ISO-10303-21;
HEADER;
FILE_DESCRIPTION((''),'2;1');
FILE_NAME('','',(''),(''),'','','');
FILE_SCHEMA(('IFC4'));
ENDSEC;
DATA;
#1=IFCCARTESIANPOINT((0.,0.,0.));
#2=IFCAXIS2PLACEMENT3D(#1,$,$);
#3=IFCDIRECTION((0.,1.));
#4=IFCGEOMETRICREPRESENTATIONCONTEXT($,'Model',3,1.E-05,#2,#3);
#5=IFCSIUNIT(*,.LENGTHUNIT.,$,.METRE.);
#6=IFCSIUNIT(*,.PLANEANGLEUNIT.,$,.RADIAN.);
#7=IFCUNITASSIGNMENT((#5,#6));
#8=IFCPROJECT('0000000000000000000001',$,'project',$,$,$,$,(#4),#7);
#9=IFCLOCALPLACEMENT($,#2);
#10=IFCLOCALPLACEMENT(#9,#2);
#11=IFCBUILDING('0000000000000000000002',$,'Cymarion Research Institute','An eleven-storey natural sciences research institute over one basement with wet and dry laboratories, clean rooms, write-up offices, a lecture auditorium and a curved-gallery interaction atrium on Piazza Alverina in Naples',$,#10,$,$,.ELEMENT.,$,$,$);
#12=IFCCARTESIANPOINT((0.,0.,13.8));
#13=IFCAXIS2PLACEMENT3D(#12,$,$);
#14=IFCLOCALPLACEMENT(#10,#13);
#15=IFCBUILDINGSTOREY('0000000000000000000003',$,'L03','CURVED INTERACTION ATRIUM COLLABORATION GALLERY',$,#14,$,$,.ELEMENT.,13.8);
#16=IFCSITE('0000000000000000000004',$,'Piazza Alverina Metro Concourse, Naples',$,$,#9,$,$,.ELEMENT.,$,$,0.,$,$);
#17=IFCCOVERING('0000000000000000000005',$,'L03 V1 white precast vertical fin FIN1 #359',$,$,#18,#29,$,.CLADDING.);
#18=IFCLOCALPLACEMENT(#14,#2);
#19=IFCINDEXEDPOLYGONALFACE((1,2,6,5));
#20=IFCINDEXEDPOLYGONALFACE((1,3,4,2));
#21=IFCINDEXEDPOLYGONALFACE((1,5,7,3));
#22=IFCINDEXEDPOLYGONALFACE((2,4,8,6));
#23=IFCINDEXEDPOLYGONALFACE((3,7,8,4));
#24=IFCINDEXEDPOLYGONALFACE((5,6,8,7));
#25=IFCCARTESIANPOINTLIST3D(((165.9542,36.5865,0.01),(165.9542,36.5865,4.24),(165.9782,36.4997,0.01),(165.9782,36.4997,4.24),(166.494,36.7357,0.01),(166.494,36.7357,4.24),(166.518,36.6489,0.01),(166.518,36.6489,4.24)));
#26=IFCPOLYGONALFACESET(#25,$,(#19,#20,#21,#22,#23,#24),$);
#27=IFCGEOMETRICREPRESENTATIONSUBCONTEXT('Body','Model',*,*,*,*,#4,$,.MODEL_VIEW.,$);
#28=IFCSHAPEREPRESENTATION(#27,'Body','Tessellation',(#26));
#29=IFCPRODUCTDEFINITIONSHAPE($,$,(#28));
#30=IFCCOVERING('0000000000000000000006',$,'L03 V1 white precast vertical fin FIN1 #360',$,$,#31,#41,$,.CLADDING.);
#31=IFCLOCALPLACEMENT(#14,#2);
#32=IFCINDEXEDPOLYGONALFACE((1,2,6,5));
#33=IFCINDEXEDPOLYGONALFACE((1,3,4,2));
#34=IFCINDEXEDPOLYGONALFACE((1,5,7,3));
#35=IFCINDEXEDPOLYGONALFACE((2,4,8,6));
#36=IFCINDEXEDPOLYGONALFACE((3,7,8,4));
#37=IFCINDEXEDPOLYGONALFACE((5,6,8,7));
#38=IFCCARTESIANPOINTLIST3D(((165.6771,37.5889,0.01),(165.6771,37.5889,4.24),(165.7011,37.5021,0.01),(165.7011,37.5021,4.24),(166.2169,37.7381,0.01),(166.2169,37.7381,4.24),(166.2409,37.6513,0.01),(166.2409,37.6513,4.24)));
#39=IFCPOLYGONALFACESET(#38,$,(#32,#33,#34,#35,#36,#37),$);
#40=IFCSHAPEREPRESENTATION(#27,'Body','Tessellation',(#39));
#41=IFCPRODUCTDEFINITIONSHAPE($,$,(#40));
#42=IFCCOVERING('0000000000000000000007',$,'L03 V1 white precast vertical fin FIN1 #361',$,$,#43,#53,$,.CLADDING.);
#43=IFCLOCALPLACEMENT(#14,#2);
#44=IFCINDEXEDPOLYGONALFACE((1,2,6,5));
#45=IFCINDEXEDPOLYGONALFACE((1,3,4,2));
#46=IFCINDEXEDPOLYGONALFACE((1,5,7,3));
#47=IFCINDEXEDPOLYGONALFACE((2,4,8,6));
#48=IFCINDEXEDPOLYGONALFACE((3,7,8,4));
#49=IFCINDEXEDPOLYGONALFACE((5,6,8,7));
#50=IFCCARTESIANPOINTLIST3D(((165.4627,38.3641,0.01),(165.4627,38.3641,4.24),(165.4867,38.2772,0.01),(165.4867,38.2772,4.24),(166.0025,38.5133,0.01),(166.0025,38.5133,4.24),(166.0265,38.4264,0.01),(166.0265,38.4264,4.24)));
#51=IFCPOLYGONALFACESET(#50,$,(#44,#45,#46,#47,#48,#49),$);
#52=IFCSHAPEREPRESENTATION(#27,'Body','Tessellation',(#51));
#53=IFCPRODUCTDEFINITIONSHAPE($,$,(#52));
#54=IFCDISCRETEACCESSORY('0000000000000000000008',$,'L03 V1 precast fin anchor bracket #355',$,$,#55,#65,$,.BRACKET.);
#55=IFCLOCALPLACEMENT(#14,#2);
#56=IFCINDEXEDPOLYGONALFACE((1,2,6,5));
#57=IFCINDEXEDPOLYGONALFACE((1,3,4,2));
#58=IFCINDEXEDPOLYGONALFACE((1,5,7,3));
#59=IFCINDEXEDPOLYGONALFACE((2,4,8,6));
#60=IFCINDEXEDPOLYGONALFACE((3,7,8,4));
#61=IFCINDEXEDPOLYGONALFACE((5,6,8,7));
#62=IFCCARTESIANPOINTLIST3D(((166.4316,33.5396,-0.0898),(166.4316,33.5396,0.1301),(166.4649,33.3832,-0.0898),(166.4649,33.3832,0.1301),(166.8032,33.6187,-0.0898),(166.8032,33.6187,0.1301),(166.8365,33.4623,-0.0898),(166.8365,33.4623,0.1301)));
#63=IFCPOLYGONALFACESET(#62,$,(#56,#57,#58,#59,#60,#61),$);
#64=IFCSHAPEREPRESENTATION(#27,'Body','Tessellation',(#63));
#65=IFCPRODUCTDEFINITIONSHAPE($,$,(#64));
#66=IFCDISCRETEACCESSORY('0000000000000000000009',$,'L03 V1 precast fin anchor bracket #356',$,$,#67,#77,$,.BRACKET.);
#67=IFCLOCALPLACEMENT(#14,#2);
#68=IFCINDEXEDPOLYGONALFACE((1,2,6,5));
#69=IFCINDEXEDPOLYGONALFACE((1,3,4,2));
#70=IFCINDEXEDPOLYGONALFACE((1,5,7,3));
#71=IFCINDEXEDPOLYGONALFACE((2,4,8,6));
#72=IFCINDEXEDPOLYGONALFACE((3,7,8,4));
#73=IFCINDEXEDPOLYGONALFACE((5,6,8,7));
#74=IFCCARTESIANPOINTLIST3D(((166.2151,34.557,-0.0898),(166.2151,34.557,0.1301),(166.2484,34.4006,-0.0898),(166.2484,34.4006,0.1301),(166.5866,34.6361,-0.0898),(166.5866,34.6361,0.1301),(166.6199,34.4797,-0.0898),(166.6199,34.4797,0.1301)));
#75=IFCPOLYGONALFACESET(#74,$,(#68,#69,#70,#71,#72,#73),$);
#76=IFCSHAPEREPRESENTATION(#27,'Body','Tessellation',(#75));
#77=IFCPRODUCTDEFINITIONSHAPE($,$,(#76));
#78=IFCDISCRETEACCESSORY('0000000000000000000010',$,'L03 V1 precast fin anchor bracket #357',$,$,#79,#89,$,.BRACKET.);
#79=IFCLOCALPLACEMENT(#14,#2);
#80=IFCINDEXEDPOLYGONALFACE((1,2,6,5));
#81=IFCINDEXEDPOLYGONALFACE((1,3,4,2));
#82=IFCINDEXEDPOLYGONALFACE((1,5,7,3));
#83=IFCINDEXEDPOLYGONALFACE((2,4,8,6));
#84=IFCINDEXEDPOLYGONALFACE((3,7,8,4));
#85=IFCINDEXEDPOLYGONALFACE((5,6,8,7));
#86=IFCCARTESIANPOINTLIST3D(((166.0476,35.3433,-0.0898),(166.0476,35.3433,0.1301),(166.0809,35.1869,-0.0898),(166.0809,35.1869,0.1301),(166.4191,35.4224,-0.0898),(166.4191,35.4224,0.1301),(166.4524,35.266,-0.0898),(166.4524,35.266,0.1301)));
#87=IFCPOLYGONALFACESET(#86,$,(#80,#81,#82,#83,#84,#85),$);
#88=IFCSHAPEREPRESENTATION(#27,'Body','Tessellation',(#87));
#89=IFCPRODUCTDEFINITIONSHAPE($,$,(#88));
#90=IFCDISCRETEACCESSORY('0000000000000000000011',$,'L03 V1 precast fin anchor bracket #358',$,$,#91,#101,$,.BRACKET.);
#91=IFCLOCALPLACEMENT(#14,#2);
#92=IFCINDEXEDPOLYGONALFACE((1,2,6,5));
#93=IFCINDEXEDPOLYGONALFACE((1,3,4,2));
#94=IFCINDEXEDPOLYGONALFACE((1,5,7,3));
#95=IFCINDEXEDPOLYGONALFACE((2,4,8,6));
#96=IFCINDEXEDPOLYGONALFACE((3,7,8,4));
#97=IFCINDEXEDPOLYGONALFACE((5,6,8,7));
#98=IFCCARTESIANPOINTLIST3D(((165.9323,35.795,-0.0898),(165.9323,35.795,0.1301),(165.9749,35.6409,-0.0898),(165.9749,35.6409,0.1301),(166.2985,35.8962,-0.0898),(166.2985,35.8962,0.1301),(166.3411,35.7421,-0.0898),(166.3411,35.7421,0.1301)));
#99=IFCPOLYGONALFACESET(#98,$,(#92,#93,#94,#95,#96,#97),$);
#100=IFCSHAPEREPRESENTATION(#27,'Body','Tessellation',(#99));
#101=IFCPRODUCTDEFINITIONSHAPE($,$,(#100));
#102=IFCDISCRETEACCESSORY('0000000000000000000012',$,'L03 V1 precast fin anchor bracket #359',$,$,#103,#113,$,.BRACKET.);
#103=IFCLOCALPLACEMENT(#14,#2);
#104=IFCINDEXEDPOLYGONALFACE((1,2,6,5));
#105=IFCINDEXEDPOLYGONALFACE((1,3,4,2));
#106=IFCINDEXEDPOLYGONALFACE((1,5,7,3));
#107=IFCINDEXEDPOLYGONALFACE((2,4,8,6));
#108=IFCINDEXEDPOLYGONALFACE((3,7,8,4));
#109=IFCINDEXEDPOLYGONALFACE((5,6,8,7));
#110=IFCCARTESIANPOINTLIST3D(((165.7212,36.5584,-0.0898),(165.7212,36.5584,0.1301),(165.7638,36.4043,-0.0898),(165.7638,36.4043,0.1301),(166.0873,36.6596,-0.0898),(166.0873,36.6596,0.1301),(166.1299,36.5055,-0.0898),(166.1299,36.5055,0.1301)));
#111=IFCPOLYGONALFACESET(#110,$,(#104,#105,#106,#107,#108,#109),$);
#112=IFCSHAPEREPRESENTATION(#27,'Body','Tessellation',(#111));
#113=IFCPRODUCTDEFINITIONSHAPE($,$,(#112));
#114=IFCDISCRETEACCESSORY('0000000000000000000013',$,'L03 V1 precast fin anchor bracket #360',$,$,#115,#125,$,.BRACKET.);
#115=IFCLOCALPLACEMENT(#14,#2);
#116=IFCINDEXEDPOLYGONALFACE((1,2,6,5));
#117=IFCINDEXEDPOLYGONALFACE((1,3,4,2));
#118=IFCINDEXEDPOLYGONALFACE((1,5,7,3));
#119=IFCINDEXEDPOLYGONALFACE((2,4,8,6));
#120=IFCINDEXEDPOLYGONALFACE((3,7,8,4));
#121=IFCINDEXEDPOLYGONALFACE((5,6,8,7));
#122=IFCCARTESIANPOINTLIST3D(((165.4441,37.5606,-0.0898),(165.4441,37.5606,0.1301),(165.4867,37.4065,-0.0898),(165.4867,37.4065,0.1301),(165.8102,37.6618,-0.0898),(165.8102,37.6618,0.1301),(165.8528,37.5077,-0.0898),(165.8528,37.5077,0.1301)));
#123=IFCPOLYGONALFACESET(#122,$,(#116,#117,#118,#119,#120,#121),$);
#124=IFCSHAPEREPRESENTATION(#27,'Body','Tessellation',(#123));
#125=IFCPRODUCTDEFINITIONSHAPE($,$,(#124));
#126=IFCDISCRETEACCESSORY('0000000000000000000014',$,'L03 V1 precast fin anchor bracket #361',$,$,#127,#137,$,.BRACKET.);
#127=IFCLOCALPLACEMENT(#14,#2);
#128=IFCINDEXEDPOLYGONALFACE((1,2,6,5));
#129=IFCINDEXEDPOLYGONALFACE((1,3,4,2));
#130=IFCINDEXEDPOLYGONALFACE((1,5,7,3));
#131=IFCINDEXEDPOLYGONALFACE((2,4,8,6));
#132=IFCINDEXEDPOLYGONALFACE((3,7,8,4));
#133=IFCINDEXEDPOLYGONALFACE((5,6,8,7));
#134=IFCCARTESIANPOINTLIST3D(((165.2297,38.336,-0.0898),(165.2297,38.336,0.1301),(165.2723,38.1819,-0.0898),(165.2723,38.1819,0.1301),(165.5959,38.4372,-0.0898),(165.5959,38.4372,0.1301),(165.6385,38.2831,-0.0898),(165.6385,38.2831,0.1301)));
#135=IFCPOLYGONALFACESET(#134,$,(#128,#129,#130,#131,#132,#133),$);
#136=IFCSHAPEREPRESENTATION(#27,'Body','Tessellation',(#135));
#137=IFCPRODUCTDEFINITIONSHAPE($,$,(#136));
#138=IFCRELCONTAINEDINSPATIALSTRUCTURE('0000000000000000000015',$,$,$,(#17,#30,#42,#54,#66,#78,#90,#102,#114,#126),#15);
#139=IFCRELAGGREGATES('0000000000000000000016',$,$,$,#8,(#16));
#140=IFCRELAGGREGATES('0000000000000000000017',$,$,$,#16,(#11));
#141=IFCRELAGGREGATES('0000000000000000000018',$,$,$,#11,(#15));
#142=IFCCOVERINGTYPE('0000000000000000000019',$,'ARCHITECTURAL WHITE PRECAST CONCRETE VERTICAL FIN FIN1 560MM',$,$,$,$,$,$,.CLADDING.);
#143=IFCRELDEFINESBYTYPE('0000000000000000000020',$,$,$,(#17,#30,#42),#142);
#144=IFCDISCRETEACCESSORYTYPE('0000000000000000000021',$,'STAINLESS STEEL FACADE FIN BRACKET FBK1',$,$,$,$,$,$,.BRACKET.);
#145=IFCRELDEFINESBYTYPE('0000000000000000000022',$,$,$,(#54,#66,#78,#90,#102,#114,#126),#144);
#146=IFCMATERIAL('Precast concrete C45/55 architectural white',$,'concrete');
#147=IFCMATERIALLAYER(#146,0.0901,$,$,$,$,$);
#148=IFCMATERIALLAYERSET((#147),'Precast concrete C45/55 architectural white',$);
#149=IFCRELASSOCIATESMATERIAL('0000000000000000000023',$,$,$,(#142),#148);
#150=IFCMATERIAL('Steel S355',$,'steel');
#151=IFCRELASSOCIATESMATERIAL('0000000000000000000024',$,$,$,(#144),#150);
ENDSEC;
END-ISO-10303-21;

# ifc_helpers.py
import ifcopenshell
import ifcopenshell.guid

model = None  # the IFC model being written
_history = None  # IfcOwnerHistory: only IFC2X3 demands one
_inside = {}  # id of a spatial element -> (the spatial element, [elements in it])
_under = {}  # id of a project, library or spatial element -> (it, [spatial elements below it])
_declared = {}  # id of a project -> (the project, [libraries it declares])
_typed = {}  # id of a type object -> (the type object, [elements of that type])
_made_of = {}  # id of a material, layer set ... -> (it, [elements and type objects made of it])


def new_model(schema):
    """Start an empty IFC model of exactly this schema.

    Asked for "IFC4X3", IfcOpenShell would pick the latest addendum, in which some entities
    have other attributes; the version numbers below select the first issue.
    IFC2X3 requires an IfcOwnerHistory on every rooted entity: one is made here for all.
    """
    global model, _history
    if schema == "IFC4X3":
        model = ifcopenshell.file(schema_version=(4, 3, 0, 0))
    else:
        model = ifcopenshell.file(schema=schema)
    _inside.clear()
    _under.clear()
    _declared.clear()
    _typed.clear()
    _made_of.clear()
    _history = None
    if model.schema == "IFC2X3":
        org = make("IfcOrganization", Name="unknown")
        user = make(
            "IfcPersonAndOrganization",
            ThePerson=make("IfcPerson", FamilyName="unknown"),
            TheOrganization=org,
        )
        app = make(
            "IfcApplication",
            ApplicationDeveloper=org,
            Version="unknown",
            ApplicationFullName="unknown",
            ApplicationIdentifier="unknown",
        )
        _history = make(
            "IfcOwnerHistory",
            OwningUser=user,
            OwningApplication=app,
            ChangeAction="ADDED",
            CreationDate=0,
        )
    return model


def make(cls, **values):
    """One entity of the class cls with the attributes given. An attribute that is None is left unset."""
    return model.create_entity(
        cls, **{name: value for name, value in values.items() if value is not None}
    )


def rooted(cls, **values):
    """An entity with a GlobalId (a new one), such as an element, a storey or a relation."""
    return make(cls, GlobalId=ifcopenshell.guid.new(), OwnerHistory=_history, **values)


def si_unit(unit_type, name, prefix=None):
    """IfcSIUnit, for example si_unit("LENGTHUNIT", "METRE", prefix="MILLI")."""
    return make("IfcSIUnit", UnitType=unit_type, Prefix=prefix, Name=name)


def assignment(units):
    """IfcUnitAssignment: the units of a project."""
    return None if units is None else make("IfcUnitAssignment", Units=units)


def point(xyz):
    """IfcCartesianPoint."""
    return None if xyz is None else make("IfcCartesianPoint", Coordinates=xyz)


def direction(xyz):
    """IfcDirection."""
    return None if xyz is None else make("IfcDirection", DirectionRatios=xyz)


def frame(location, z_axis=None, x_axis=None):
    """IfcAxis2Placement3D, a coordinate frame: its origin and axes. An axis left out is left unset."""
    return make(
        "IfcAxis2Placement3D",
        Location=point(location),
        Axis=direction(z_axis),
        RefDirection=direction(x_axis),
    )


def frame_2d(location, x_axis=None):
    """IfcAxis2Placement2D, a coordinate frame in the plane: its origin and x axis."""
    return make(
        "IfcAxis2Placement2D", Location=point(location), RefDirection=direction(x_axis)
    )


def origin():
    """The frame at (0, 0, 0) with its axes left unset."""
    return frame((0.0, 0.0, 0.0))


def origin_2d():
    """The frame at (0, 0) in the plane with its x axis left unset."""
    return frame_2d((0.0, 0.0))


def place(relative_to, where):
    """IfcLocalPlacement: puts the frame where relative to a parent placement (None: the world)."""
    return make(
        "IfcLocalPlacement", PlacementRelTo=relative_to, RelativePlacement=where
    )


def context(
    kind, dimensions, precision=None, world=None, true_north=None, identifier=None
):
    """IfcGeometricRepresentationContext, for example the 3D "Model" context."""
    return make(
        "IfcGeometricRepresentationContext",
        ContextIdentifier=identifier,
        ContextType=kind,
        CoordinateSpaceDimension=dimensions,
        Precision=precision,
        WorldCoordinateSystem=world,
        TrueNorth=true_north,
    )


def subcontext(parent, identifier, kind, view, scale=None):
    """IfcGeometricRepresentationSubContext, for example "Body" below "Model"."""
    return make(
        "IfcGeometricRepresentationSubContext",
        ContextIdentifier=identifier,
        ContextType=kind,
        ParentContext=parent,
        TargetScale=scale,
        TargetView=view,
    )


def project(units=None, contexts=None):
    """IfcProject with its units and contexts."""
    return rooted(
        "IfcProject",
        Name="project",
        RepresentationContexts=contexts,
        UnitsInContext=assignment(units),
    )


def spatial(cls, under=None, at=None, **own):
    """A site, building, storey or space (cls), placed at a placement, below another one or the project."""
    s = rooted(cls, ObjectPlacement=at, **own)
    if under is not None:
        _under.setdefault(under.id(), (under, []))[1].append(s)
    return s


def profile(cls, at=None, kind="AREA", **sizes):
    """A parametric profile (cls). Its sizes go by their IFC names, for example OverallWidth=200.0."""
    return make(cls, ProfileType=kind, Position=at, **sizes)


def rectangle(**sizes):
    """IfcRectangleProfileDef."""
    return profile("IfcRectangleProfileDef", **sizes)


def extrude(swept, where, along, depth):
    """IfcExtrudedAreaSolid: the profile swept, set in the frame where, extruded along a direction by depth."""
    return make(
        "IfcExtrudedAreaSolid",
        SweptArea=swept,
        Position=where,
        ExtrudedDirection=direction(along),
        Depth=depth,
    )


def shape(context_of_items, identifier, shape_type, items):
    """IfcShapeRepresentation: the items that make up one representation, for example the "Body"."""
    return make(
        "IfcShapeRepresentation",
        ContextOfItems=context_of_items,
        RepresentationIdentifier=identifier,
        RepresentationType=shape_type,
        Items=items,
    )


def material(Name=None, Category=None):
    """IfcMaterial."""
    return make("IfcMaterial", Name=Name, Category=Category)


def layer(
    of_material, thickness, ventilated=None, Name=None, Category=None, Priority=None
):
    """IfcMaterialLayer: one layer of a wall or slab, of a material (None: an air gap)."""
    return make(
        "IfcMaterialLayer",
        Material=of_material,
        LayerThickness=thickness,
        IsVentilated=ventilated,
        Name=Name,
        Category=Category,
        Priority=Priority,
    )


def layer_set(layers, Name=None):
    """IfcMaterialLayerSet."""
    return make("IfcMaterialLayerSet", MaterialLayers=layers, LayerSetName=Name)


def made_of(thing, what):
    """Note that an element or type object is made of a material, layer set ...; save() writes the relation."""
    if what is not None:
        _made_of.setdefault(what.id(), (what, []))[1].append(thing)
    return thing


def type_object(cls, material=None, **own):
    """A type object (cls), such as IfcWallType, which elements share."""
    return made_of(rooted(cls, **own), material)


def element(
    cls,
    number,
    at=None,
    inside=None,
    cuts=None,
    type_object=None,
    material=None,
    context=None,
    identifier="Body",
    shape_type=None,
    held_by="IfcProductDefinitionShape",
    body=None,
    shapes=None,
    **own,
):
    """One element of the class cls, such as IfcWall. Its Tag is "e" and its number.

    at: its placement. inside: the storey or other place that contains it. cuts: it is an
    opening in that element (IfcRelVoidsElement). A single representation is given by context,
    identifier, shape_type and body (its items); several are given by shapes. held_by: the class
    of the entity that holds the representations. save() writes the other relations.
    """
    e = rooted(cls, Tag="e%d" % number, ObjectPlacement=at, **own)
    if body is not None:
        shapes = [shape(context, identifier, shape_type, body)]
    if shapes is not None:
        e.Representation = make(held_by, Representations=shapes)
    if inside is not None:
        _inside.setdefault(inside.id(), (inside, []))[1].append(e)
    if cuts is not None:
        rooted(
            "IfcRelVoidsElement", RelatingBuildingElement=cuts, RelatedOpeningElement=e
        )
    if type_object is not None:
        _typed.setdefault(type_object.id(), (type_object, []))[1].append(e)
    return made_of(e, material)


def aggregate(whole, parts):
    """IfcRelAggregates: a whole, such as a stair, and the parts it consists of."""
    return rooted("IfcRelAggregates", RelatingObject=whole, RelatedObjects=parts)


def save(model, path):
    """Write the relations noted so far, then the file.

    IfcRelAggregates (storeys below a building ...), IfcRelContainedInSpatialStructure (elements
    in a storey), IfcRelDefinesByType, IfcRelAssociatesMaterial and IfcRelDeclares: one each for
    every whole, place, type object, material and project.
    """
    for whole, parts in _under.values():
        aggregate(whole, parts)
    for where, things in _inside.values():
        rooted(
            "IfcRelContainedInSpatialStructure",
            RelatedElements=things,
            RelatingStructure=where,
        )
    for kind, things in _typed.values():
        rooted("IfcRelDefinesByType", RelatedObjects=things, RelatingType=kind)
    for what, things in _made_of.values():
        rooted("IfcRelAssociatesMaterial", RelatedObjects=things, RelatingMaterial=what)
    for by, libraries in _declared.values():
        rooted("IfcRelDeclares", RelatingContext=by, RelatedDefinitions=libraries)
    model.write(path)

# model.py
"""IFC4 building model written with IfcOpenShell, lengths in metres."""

from ifc_helpers import new_model, si_unit, direction, frame, origin, origin_2d, place, context, subcontext, project, spatial, rectangle, extrude, material, layer, layer_set, type_object, element, save


model = new_model("IFC4")

# Units and contexts
model_context = context("Model", 3, precision=1e-05, world=origin(), true_north=direction((0.0, 1.0)))
body_context = subcontext(model_context, "Body", "Model", "MODEL_VIEW")
ifc_project = project(units=[si_unit("LENGTHUNIT", "METRE"), si_unit("PLANEANGLEUNIT", "RADIAN")], contexts=[model_context])

# Site, building, storey
site_placement = place(None, origin())
site = spatial("IfcSite", under=ifc_project, at=site_placement, Name="Piazza Alverina Metro Concourse, Naples", CompositionType="ELEMENT", RefElevation=0.0)
building_placement = place(site_placement, origin())
building = spatial("IfcBuilding", under=site, at=building_placement, Name="Cymarion Research Institute", Description="An eleven-storey natural sciences research institute over one basement with wet and dry laboratories, clean rooms, write-up offices, a lecture auditorium and a curved-gallery interaction atrium on Piazza Alverina in Naples", CompositionType="ELEMENT")
storey_placement = place(building_placement, frame((0.0, 0.0, 13.8)))
storey = spatial("IfcBuildingStorey", under=building, at=storey_placement, Name="L03", Description="CURVED INTERACTION ATRIUM COLLABORATION GALLERY", CompositionType="ELEMENT", Elevation=13.8)

# Shared definitions
ifc_material_1 = material(Name="Steel S355", Category="steel")

# Coverings
ifc_material_2 = material(Name="Precast concrete C45/55 architectural white", Category="concrete")
ifc_layer_1 = layer(ifc_material_2, 0.0901)
ifc_layer_set_1 = layer_set([ifc_layer_1], Name="Precast concrete C45/55 architectural white")
covering_type = type_object("IfcCoveringType", Name="ARCHITECTURAL WHITE PRECAST CONCRETE VERTICAL FIN FIN1 560MM", PredefinedType="CLADDING", material=ifc_layer_set_1)
for number, where, z_axis, x_axis, name in (
    (1, (166.2361, 36.6177, 0.01), (0.0, 0.0, 1.0), (0.963863, 0.266397, 0.0), "L03 V1 white precast vertical fin FIN1 #359"),
    (2, (165.959, 37.6201, 0.01), (0.0, 0.0, 1.0), (0.963863, 0.266397, 0.0), "L03 V1 white precast vertical fin FIN1 #360"),
    (3, (165.7446, 38.3953, 0.01), (0.0, 0.0, 1.0), (0.963863, 0.266397, 0.0), "L03 V1 white precast vertical fin FIN1 #361"),
):
    element("IfcCovering", number, at=place(storey_placement, frame(where, z_axis=z_axis, x_axis=x_axis)), inside=storey, type_object=covering_type, Name=name, PredefinedType="CLADDING", context=body_context, shape_type="SweptSolid", body=[
        extrude(rectangle(XDim=0.5601, YDim=0.0901, at=origin_2d()), origin(), (0.0, 0.0, 1.0), 4.23),
    ])

# Discrete accessories
discrete_accessory_type = type_object("IfcDiscreteAccessoryType", Name="STAINLESS STEEL FACADE FIN BRACKET FBK1", PredefinedType="BRACKET", material=ifc_material_1)
for number, where, z_axis, x_axis, name in (
    (4, (166.634, 33.501, -0.0898), (0.0, 0.0, 1.0), (0.978075, 0.208253, 0.0), "L03 V1 precast fin anchor bracket #355"),
    (5, (166.4175, 34.5183, -0.0898), (0.0, 0.0, 1.0), (0.978075, 0.208253, 0.0), "L03 V1 precast fin anchor bracket #356"),
    (6, (166.25, 35.3047, -0.0898), (0.0, 0.0, 1.0), (0.978075, 0.208253, 0.0), "L03 V1 precast fin anchor bracket #357"),
    (7, (166.1367, 35.7686, -0.0898), (0.0, 0.0, 1.0), (0.963863, 0.266397, 0.0), "L03 V1 precast fin anchor bracket #358"),
    (8, (165.9255, 36.532, -0.0898), (0.0, 0.0, 1.0), (0.963863, 0.266397, 0.0), "L03 V1 precast fin anchor bracket #359"),
    (9, (165.6484, 37.5342, -0.0898), (0.0, 0.0, 1.0), (0.963863, 0.266397, 0.0), "L03 V1 precast fin anchor bracket #360"),
    (10, (165.4341, 38.3096, -0.0898), (0.0, 0.0, 1.0), (0.963863, 0.266397, 0.0), "L03 V1 precast fin anchor bracket #361"),
):
    element("IfcDiscreteAccessory", number, at=place(storey_placement, frame(where, z_axis=z_axis, x_axis=x_axis)), inside=storey, type_object=discrete_accessory_type, Name=name, PredefinedType="BRACKET", context=body_context, shape_type="SweptSolid", body=[
        extrude(rectangle(XDim=0.3799, YDim=0.1599, at=origin_2d()), origin(), (0.0, 0.0, 1.0), 0.22),
    ])

save(model, "model.ifc")
